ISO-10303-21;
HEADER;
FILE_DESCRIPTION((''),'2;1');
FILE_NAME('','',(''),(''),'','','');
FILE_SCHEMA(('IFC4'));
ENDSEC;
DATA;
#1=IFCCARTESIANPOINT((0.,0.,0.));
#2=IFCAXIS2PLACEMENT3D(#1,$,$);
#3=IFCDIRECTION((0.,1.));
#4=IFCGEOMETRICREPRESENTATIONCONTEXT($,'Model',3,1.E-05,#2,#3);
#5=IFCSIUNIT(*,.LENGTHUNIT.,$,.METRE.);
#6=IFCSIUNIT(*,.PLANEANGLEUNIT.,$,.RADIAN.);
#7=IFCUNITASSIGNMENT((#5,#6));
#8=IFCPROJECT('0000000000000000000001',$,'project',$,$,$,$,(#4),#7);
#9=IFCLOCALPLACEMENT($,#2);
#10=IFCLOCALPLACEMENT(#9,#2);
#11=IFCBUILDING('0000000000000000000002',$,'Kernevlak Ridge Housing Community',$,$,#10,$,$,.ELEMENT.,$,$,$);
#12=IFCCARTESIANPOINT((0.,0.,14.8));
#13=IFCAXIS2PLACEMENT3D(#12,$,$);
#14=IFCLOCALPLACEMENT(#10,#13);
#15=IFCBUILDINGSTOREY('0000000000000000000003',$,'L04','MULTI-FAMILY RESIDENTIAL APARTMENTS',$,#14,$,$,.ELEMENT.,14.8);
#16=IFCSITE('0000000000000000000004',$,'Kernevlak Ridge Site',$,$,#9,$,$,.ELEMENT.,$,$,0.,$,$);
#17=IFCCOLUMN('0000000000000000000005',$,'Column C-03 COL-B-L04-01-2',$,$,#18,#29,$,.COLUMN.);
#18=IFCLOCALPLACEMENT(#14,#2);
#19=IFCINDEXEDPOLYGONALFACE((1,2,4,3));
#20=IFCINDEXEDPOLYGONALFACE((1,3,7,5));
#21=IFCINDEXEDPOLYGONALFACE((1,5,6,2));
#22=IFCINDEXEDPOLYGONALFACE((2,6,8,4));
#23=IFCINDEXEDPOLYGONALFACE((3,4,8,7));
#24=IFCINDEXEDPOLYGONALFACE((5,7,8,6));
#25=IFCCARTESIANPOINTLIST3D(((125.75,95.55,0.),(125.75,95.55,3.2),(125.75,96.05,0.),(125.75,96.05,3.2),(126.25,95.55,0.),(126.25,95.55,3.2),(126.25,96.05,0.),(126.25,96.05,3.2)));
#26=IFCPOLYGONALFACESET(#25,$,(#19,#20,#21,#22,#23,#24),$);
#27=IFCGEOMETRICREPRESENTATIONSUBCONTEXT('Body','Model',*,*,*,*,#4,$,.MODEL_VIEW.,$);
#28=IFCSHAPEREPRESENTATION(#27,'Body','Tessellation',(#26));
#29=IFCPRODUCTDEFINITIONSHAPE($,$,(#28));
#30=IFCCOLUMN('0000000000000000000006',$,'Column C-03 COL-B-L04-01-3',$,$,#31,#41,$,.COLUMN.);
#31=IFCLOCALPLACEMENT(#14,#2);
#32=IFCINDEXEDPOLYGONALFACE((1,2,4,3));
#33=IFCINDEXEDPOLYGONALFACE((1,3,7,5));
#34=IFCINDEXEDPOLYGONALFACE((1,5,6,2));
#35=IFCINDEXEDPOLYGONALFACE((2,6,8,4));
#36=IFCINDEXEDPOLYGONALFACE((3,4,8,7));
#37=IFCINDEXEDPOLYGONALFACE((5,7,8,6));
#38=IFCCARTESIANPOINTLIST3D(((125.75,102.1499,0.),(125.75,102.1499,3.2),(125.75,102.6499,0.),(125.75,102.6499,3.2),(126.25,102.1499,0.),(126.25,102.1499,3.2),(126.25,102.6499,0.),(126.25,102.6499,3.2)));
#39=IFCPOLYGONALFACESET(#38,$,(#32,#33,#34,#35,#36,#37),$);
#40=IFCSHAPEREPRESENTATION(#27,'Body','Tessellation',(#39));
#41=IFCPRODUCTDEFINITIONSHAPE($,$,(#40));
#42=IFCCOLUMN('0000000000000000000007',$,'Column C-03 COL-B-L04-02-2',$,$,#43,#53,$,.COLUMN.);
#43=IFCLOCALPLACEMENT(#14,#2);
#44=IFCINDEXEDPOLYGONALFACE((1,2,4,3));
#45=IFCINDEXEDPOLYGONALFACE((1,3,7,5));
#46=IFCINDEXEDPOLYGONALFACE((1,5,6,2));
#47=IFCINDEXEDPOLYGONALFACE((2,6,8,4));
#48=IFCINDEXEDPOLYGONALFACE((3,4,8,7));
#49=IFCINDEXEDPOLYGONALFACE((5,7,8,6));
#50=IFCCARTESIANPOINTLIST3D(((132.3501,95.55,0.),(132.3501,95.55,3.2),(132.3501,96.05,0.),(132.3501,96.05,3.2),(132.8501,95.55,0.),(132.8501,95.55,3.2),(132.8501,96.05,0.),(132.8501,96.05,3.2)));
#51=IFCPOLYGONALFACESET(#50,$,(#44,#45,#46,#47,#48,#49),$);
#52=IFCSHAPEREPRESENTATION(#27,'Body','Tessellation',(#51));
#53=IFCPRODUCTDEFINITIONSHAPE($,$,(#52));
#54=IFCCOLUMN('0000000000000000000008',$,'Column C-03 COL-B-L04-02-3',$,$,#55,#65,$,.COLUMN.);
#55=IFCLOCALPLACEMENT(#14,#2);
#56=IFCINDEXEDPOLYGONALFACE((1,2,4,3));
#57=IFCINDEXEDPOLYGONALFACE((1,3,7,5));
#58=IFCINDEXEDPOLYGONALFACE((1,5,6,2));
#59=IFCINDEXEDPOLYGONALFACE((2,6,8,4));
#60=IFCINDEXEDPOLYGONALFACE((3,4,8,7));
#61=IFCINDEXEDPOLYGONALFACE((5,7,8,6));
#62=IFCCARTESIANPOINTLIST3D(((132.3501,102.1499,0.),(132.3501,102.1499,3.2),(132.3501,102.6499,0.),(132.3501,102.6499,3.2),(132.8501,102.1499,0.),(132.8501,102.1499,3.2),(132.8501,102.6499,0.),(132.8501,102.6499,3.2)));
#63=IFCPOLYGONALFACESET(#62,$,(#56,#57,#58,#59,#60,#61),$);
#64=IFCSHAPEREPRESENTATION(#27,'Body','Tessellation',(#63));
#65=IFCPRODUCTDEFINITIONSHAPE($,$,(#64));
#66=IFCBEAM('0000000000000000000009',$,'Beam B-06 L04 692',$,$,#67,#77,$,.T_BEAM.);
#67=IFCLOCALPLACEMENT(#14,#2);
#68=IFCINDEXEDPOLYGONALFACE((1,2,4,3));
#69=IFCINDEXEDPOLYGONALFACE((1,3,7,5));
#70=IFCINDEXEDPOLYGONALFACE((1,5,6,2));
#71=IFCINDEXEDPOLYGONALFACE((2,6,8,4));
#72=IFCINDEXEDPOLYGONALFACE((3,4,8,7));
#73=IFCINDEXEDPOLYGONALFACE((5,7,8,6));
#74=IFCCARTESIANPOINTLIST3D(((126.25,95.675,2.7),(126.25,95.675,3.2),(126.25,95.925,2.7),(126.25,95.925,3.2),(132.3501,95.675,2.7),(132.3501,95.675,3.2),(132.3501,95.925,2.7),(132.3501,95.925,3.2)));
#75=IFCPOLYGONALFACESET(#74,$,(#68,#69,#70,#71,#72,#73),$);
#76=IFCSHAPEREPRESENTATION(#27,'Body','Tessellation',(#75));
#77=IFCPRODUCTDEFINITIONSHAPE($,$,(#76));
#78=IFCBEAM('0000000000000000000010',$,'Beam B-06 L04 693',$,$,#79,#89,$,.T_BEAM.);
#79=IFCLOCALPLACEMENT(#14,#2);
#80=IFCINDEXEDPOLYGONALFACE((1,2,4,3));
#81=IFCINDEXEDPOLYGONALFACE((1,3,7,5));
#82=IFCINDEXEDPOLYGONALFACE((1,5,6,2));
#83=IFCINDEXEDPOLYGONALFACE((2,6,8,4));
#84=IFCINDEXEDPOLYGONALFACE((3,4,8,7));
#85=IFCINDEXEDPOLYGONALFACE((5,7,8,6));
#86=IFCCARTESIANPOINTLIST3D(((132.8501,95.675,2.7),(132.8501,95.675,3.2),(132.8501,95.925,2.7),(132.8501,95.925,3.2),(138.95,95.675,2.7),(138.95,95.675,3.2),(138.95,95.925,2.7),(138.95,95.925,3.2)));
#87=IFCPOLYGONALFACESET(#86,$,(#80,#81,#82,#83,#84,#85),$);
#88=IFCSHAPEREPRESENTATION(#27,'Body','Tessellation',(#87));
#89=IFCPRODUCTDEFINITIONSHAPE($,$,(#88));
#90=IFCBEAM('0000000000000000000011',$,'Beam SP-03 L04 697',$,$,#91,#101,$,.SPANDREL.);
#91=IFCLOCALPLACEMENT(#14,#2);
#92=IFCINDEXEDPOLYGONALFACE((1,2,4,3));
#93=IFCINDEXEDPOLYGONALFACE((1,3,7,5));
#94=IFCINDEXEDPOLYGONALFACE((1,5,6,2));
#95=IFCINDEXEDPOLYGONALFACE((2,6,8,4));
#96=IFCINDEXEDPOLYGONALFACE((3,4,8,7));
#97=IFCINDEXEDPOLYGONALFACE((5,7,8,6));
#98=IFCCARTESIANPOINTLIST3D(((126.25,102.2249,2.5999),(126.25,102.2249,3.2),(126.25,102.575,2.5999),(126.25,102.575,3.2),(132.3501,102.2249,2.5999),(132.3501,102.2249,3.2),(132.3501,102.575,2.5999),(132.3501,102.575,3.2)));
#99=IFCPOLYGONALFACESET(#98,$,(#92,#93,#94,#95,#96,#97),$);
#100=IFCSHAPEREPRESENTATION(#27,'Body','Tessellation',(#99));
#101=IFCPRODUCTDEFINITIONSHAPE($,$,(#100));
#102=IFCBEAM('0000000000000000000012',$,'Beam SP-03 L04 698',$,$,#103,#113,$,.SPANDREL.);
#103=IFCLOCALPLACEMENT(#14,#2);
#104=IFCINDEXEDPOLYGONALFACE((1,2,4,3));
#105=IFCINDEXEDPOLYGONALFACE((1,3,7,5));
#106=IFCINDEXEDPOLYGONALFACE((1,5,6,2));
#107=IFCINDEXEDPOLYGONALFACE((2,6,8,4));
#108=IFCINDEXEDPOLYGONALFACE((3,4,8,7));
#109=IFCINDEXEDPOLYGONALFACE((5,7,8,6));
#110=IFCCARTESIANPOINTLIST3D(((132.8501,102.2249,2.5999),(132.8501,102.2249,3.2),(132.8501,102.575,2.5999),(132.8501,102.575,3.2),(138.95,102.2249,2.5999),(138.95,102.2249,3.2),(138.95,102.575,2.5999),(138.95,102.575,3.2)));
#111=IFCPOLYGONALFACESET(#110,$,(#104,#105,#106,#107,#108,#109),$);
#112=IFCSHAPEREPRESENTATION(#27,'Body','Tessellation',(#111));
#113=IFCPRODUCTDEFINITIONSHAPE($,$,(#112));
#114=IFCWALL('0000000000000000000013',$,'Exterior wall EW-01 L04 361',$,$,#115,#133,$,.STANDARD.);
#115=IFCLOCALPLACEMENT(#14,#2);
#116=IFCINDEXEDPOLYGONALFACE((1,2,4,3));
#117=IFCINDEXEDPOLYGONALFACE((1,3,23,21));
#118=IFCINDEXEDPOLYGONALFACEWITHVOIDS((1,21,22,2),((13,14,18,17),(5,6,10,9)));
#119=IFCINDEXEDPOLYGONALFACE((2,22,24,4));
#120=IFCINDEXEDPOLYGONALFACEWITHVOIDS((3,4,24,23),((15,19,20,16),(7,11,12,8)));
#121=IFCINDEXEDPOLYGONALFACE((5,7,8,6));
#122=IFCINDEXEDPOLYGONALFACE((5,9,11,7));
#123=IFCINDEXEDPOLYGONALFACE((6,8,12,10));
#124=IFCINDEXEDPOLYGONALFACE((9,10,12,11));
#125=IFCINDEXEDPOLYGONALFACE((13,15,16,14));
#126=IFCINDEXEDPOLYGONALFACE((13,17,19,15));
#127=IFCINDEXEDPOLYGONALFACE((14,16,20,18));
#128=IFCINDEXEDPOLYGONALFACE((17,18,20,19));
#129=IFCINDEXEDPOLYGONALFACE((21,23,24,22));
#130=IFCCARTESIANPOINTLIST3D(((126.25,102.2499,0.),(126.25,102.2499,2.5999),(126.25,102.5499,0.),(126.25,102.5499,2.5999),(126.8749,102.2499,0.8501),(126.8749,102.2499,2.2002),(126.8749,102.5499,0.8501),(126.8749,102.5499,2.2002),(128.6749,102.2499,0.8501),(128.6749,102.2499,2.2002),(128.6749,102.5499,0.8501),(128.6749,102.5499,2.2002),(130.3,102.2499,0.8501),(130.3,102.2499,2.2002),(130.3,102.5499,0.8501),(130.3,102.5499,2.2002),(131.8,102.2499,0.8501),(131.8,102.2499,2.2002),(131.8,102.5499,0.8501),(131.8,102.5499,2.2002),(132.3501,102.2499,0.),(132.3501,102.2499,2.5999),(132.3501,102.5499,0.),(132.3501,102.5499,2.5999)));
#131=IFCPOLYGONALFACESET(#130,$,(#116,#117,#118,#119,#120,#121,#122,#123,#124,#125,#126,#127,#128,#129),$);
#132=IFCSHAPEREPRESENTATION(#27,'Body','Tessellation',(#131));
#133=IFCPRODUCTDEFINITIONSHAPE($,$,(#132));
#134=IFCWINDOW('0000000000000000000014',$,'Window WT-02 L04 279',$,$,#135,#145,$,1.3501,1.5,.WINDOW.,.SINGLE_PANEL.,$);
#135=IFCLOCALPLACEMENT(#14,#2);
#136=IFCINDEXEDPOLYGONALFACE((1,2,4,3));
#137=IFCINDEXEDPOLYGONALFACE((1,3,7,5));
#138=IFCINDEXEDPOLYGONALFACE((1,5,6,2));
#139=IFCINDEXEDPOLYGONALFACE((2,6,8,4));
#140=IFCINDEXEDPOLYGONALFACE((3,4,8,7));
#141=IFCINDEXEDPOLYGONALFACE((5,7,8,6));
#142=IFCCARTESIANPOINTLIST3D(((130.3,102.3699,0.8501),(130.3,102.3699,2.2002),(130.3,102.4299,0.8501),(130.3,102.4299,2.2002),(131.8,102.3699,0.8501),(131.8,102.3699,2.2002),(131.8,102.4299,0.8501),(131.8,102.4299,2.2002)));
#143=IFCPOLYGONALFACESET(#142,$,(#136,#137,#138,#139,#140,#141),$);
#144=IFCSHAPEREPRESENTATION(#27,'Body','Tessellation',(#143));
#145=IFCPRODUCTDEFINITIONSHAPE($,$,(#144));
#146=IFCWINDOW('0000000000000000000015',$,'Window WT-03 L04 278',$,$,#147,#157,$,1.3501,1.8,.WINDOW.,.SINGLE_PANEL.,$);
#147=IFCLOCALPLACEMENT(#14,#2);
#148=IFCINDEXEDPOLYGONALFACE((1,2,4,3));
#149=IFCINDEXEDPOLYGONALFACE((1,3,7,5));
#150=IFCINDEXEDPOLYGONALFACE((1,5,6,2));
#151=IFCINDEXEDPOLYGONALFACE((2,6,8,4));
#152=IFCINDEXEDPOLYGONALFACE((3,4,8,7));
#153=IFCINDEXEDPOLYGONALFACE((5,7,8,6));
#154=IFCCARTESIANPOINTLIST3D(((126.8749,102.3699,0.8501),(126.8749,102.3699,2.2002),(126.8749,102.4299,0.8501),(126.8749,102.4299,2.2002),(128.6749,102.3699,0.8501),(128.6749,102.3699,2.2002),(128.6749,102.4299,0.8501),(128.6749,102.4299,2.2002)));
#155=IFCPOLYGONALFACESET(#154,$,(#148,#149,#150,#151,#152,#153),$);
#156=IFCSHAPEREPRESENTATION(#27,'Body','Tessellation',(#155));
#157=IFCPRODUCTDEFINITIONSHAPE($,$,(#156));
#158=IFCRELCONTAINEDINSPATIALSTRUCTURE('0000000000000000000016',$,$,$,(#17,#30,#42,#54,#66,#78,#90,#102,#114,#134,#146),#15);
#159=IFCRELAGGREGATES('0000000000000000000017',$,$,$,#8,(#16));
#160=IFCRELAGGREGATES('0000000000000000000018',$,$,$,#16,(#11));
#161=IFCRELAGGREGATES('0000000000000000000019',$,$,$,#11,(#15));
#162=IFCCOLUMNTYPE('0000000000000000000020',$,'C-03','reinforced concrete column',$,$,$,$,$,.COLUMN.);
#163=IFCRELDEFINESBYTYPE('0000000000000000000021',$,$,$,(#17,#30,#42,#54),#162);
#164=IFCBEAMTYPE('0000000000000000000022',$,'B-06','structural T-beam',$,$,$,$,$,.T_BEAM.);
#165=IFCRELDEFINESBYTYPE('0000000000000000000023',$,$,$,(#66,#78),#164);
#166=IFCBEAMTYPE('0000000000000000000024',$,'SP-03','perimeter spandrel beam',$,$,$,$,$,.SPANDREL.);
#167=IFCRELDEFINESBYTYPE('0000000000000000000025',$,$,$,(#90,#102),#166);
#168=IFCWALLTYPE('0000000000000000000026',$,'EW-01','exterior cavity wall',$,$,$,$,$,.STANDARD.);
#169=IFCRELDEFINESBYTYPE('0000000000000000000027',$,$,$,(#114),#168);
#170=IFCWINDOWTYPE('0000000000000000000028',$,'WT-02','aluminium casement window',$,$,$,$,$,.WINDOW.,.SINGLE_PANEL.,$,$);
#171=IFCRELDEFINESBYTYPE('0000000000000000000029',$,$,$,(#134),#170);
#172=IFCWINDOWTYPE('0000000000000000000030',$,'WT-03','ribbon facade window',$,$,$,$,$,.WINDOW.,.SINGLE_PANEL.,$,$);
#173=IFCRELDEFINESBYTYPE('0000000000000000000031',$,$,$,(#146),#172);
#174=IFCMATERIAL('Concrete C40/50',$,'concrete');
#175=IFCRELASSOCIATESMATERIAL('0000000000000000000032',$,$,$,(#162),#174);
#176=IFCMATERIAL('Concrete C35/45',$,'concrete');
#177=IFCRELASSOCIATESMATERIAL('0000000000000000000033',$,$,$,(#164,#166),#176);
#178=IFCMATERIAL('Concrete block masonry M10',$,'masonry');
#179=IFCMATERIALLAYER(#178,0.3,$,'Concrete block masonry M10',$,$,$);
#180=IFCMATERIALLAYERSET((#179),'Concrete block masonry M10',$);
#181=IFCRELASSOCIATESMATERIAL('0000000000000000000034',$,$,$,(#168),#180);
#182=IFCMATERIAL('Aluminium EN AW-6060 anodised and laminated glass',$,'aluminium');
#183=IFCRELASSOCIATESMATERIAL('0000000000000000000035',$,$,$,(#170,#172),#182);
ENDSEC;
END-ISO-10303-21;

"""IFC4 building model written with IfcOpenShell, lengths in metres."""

from ifc_helpers import new_model, si_unit, direction, frame, frame_2d, origin, origin_2d, place, context, subcontext, project, spatial, rectangle, extrude, material, layer, layer_set, material_profile, profile_set, type_object, element, fill, save


model = new_model("IFC4")

# Units and contexts
model_context = context("Model", 3, precision=1e-05, world=origin(), true_north=direction((0.0, 1.0)))
body_context = subcontext(model_context, "Body", "Model", "MODEL_VIEW")
ifc_project = project(units=[si_unit("LENGTHUNIT", "METRE"), si_unit("PLANEANGLEUNIT", "RADIAN")], contexts=[model_context])

# Site, building, storey
site_placement = place(None, origin())
site = spatial("IfcSite", under=ifc_project, at=site_placement, Name="Kernevlak Ridge Site", CompositionType="ELEMENT", RefElevation=0.0)
building_placement = place(site_placement, origin())
building = spatial("IfcBuilding", under=site, at=building_placement, Name="Kernevlak Ridge Housing Community", CompositionType="ELEMENT")
storey_placement = place(building_placement, frame((0.0, 0.0, 14.8)))
storey = spatial("IfcBuildingStorey", under=building, at=storey_placement, Name="L04", Description="MULTI-FAMILY RESIDENTIAL APARTMENTS", CompositionType="ELEMENT", Elevation=14.8)

# Columns
ifc_material_1 = material(Name="Concrete C40/50", Category="concrete")
ifc_material_profile_1 = material_profile(ifc_material_1, rectangle(XDim=0.5, YDim=0.5, at=origin_2d()), Name="RC 500x500")
ifc_profile_set_1 = profile_set([ifc_material_profile_1], Name="Concrete C40/50")
column_type = type_object("IfcColumnType", Name="C-03", Description="reinforced concrete column", PredefinedType="COLUMN", material=ifc_profile_set_1)
for number, where, z_axis, x_axis, name in (
    (1, (126.0, 95.8, 0.0), (0.0, 0.0, 1.0), (1.0, 0.0, 0.0), "Column C-03 COL-B-L04-01-2"),
    (2, (126.0, 102.3999, 0.0), (0.0, 0.0, 1.0), (1.0, 0.0, 0.0), "Column C-03 COL-B-L04-01-3"),
    (3, (132.6001, 95.8, 0.0), (0.0, 0.0, 1.0), (1.0, 0.0, 0.0), "Column C-03 COL-B-L04-02-2"),
    (4, (132.6001, 102.3999, 0.0), (0.0, 0.0, 1.0), (1.0, 0.0, 0.0), "Column C-03 COL-B-L04-02-3"),
):
    element("IfcColumn", number, at=place(storey_placement, frame(where, z_axis=z_axis, x_axis=x_axis)), inside=storey, type_object=column_type, Name=name, PredefinedType="COLUMN", context=body_context, shape_type="SweptSolid", body=[
        extrude(rectangle(XDim=0.5, YDim=0.5, at=origin_2d()), origin(), (0.0, 0.0, 1.0), 3.2),
    ])

# Beams
ifc_material_2 = material(Name="Concrete C35/45", Category="concrete")
ifc_material_profile_2 = material_profile(ifc_material_2, rectangle(XDim=0.25, YDim=0.5, at=origin_2d()), Name="RC 250x500")
ifc_profile_set_2 = profile_set([ifc_material_profile_2], Name="Concrete C35/45")
beam_type_1 = type_object("IfcBeamType", Name="B-06", Description="structural T-beam", PredefinedType="T_BEAM", material=ifc_profile_set_2)
beam_1_placement = place(storey_placement, frame((126.25, 95.8, 2.95), z_axis=(1.0, 0.0, 0.0), x_axis=(0.0, 1.0, 0.0)))
element("IfcBeam", 5, at=beam_1_placement, inside=storey, type_object=beam_type_1, Name="Beam B-06 L04 692", PredefinedType="T_BEAM", context=body_context, shape_type="SweptSolid", body=[
    extrude(rectangle(XDim=0.25, YDim=0.5, at=origin_2d()), origin(), (0.0, 0.0, 1.0), 6.1001),
])
beam_2_placement = place(storey_placement, frame((132.8501, 95.8, 2.95), z_axis=(1.0, 0.0, 0.0), x_axis=(0.0, 1.0, 0.0)))
element("IfcBeam", 6, at=beam_2_placement, inside=storey, type_object=beam_type_1, Name="Beam B-06 L04 693", PredefinedType="T_BEAM", context=body_context, shape_type="SweptSolid", body=[
    extrude(rectangle(XDim=0.25, YDim=0.5, at=origin_2d()), origin(), (0.0, 0.0, 1.0), 6.0999),
])
ifc_material_profile_3 = material_profile(ifc_material_2, rectangle(XDim=0.3501, YDim=0.6001, at=origin_2d()), Name="RC 350x600")
ifc_profile_set_3 = profile_set([ifc_material_profile_3], Name="Concrete C35/45")
beam_type_2 = type_object("IfcBeamType", Name="SP-03", Description="perimeter spandrel beam", PredefinedType="SPANDREL", material=ifc_profile_set_3)
beam_3_placement = place(storey_placement, frame((126.25, 102.3999, 2.8999), z_axis=(1.0, 0.0, 0.0), x_axis=(0.0, 1.0, 0.0)))
element("IfcBeam", 7, at=beam_3_placement, inside=storey, type_object=beam_type_2, Name="Beam SP-03 L04 697", PredefinedType="SPANDREL", context=body_context, shape_type="SweptSolid", body=[
    extrude(rectangle(XDim=0.3501, YDim=0.6001, at=origin_2d()), origin(), (0.0, 0.0, 1.0), 6.1001),
])
beam_4_placement = place(storey_placement, frame((132.8501, 102.3999, 2.8999), z_axis=(1.0, 0.0, 0.0), x_axis=(0.0, 1.0, 0.0)))
element("IfcBeam", 8, at=beam_4_placement, inside=storey, type_object=beam_type_2, Name="Beam SP-03 L04 698", PredefinedType="SPANDREL", context=body_context, shape_type="SweptSolid", body=[
    extrude(rectangle(XDim=0.3501, YDim=0.6001, at=origin_2d()), origin(), (0.0, 0.0, 1.0), 6.0999),
])

# Wall, openings, windows
ifc_material_3 = material(Name="Concrete block masonry M10", Category="masonry")
ifc_layer_1 = layer(ifc_material_3, 0.3, Name="Concrete block masonry M10")
ifc_layer_set_1 = layer_set([ifc_layer_1], Name="Concrete block masonry M10")
wall_type_1 = type_object("IfcWallType", Name="EW-01", Description="exterior cavity wall", PredefinedType="STANDARD", material=ifc_layer_set_1)
wall_1_placement = place(storey_placement, frame((126.25, 102.3999, 0.0), z_axis=(0.0, 0.0, 1.0), x_axis=(1.0, 0.0, 0.0)))
wall_1 = element("IfcWall", 9, at=wall_1_placement, inside=storey, type_object=wall_type_1, Name="Exterior wall EW-01 L04 361", PredefinedType="STANDARD", context=body_context, shape_type="SweptSolid", body=[
    extrude(rectangle(XDim=6.1001, YDim=0.3, at=frame_2d((3.05, 0.0))), origin(), (0.0, 0.0, 1.0), 2.5999),
])
opening_1_placement = place(wall_1_placement, frame((0.625, 0.0, 0.8501)))
opening_1 = element("IfcOpeningElement", 10, at=opening_1_placement, cuts=wall_1, PredefinedType="OPENING", context=body_context, shape_type="SweptSolid", body=[
    extrude(rectangle(XDim=1.8, YDim=1.3501, at=frame_2d((0.8999, 0.675))), frame((0.0, 0.1599, 0.0), z_axis=(0.0, -1.0, 0.0), x_axis=(1.0, 0.0, 0.0)), (0.0, 0.0, 1.0), 0.3201),
])
opening_2_placement = place(wall_1_placement, frame((4.05, 0.0, 0.8501)))
opening_2 = element("IfcOpeningElement", 11, at=opening_2_placement, cuts=wall_1, PredefinedType="OPENING", context=body_context, shape_type="SweptSolid", body=[
    extrude(rectangle(XDim=1.5, YDim=1.3501, at=frame_2d((0.75, 0.675))), frame((0.0, 0.1599, 0.0), z_axis=(0.0, -1.0, 0.0), x_axis=(1.0, 0.0, 0.0)), (0.0, 0.0, 1.0), 0.3201),
])
ifc_material_4 = material(Name="Aluminium EN AW-6060 anodised and laminated glass", Category="aluminium")
window_type_1 = type_object("IfcWindowType", Name="WT-02", Description="aluminium casement window", PartitioningType="SINGLE_PANEL", PredefinedType="WINDOW", material=ifc_material_4)
window_1_placement = place(opening_2_placement, origin())
window_1 = element("IfcWindow", 12, at=window_1_placement, inside=storey, type_object=window_type_1, Name="Window WT-02 L04 279", OverallHeight=1.3501, OverallWidth=1.5, PartitioningType="SINGLE_PANEL", PredefinedType="WINDOW", context=body_context, shape_type="SweptSolid", body=[
    extrude(rectangle(XDim=1.5, YDim=1.3501, at=frame_2d((0.75, 0.675))), frame((0.0, 0.03, 0.0), z_axis=(0.0, -1.0, 0.0), x_axis=(1.0, 0.0, 0.0)), (0.0, 0.0, 1.0), 0.0601),
])
fill(opening_2, window_1)
window_type_2 = type_object("IfcWindowType", Name="WT-03", Description="ribbon facade window", PartitioningType="SINGLE_PANEL", PredefinedType="WINDOW", material=ifc_material_4)
window_2_placement = place(opening_1_placement, origin())
window_2 = element("IfcWindow", 13, at=window_2_placement, inside=storey, type_object=window_type_2, Name="Window WT-03 L04 278", OverallHeight=1.3501, OverallWidth=1.8, PartitioningType="SINGLE_PANEL", PredefinedType="WINDOW", context=body_context, shape_type="SweptSolid", body=[
    extrude(rectangle(XDim=1.8, YDim=1.3501, at=frame_2d((0.8999, 0.675))), frame((0.0, 0.03, 0.0), z_axis=(0.0, -1.0, 0.0), x_axis=(1.0, 0.0, 0.0)), (0.0, 0.0, 1.0), 0.0601),
])
fill(opening_1, window_2)

save(model, "model.ifc")
